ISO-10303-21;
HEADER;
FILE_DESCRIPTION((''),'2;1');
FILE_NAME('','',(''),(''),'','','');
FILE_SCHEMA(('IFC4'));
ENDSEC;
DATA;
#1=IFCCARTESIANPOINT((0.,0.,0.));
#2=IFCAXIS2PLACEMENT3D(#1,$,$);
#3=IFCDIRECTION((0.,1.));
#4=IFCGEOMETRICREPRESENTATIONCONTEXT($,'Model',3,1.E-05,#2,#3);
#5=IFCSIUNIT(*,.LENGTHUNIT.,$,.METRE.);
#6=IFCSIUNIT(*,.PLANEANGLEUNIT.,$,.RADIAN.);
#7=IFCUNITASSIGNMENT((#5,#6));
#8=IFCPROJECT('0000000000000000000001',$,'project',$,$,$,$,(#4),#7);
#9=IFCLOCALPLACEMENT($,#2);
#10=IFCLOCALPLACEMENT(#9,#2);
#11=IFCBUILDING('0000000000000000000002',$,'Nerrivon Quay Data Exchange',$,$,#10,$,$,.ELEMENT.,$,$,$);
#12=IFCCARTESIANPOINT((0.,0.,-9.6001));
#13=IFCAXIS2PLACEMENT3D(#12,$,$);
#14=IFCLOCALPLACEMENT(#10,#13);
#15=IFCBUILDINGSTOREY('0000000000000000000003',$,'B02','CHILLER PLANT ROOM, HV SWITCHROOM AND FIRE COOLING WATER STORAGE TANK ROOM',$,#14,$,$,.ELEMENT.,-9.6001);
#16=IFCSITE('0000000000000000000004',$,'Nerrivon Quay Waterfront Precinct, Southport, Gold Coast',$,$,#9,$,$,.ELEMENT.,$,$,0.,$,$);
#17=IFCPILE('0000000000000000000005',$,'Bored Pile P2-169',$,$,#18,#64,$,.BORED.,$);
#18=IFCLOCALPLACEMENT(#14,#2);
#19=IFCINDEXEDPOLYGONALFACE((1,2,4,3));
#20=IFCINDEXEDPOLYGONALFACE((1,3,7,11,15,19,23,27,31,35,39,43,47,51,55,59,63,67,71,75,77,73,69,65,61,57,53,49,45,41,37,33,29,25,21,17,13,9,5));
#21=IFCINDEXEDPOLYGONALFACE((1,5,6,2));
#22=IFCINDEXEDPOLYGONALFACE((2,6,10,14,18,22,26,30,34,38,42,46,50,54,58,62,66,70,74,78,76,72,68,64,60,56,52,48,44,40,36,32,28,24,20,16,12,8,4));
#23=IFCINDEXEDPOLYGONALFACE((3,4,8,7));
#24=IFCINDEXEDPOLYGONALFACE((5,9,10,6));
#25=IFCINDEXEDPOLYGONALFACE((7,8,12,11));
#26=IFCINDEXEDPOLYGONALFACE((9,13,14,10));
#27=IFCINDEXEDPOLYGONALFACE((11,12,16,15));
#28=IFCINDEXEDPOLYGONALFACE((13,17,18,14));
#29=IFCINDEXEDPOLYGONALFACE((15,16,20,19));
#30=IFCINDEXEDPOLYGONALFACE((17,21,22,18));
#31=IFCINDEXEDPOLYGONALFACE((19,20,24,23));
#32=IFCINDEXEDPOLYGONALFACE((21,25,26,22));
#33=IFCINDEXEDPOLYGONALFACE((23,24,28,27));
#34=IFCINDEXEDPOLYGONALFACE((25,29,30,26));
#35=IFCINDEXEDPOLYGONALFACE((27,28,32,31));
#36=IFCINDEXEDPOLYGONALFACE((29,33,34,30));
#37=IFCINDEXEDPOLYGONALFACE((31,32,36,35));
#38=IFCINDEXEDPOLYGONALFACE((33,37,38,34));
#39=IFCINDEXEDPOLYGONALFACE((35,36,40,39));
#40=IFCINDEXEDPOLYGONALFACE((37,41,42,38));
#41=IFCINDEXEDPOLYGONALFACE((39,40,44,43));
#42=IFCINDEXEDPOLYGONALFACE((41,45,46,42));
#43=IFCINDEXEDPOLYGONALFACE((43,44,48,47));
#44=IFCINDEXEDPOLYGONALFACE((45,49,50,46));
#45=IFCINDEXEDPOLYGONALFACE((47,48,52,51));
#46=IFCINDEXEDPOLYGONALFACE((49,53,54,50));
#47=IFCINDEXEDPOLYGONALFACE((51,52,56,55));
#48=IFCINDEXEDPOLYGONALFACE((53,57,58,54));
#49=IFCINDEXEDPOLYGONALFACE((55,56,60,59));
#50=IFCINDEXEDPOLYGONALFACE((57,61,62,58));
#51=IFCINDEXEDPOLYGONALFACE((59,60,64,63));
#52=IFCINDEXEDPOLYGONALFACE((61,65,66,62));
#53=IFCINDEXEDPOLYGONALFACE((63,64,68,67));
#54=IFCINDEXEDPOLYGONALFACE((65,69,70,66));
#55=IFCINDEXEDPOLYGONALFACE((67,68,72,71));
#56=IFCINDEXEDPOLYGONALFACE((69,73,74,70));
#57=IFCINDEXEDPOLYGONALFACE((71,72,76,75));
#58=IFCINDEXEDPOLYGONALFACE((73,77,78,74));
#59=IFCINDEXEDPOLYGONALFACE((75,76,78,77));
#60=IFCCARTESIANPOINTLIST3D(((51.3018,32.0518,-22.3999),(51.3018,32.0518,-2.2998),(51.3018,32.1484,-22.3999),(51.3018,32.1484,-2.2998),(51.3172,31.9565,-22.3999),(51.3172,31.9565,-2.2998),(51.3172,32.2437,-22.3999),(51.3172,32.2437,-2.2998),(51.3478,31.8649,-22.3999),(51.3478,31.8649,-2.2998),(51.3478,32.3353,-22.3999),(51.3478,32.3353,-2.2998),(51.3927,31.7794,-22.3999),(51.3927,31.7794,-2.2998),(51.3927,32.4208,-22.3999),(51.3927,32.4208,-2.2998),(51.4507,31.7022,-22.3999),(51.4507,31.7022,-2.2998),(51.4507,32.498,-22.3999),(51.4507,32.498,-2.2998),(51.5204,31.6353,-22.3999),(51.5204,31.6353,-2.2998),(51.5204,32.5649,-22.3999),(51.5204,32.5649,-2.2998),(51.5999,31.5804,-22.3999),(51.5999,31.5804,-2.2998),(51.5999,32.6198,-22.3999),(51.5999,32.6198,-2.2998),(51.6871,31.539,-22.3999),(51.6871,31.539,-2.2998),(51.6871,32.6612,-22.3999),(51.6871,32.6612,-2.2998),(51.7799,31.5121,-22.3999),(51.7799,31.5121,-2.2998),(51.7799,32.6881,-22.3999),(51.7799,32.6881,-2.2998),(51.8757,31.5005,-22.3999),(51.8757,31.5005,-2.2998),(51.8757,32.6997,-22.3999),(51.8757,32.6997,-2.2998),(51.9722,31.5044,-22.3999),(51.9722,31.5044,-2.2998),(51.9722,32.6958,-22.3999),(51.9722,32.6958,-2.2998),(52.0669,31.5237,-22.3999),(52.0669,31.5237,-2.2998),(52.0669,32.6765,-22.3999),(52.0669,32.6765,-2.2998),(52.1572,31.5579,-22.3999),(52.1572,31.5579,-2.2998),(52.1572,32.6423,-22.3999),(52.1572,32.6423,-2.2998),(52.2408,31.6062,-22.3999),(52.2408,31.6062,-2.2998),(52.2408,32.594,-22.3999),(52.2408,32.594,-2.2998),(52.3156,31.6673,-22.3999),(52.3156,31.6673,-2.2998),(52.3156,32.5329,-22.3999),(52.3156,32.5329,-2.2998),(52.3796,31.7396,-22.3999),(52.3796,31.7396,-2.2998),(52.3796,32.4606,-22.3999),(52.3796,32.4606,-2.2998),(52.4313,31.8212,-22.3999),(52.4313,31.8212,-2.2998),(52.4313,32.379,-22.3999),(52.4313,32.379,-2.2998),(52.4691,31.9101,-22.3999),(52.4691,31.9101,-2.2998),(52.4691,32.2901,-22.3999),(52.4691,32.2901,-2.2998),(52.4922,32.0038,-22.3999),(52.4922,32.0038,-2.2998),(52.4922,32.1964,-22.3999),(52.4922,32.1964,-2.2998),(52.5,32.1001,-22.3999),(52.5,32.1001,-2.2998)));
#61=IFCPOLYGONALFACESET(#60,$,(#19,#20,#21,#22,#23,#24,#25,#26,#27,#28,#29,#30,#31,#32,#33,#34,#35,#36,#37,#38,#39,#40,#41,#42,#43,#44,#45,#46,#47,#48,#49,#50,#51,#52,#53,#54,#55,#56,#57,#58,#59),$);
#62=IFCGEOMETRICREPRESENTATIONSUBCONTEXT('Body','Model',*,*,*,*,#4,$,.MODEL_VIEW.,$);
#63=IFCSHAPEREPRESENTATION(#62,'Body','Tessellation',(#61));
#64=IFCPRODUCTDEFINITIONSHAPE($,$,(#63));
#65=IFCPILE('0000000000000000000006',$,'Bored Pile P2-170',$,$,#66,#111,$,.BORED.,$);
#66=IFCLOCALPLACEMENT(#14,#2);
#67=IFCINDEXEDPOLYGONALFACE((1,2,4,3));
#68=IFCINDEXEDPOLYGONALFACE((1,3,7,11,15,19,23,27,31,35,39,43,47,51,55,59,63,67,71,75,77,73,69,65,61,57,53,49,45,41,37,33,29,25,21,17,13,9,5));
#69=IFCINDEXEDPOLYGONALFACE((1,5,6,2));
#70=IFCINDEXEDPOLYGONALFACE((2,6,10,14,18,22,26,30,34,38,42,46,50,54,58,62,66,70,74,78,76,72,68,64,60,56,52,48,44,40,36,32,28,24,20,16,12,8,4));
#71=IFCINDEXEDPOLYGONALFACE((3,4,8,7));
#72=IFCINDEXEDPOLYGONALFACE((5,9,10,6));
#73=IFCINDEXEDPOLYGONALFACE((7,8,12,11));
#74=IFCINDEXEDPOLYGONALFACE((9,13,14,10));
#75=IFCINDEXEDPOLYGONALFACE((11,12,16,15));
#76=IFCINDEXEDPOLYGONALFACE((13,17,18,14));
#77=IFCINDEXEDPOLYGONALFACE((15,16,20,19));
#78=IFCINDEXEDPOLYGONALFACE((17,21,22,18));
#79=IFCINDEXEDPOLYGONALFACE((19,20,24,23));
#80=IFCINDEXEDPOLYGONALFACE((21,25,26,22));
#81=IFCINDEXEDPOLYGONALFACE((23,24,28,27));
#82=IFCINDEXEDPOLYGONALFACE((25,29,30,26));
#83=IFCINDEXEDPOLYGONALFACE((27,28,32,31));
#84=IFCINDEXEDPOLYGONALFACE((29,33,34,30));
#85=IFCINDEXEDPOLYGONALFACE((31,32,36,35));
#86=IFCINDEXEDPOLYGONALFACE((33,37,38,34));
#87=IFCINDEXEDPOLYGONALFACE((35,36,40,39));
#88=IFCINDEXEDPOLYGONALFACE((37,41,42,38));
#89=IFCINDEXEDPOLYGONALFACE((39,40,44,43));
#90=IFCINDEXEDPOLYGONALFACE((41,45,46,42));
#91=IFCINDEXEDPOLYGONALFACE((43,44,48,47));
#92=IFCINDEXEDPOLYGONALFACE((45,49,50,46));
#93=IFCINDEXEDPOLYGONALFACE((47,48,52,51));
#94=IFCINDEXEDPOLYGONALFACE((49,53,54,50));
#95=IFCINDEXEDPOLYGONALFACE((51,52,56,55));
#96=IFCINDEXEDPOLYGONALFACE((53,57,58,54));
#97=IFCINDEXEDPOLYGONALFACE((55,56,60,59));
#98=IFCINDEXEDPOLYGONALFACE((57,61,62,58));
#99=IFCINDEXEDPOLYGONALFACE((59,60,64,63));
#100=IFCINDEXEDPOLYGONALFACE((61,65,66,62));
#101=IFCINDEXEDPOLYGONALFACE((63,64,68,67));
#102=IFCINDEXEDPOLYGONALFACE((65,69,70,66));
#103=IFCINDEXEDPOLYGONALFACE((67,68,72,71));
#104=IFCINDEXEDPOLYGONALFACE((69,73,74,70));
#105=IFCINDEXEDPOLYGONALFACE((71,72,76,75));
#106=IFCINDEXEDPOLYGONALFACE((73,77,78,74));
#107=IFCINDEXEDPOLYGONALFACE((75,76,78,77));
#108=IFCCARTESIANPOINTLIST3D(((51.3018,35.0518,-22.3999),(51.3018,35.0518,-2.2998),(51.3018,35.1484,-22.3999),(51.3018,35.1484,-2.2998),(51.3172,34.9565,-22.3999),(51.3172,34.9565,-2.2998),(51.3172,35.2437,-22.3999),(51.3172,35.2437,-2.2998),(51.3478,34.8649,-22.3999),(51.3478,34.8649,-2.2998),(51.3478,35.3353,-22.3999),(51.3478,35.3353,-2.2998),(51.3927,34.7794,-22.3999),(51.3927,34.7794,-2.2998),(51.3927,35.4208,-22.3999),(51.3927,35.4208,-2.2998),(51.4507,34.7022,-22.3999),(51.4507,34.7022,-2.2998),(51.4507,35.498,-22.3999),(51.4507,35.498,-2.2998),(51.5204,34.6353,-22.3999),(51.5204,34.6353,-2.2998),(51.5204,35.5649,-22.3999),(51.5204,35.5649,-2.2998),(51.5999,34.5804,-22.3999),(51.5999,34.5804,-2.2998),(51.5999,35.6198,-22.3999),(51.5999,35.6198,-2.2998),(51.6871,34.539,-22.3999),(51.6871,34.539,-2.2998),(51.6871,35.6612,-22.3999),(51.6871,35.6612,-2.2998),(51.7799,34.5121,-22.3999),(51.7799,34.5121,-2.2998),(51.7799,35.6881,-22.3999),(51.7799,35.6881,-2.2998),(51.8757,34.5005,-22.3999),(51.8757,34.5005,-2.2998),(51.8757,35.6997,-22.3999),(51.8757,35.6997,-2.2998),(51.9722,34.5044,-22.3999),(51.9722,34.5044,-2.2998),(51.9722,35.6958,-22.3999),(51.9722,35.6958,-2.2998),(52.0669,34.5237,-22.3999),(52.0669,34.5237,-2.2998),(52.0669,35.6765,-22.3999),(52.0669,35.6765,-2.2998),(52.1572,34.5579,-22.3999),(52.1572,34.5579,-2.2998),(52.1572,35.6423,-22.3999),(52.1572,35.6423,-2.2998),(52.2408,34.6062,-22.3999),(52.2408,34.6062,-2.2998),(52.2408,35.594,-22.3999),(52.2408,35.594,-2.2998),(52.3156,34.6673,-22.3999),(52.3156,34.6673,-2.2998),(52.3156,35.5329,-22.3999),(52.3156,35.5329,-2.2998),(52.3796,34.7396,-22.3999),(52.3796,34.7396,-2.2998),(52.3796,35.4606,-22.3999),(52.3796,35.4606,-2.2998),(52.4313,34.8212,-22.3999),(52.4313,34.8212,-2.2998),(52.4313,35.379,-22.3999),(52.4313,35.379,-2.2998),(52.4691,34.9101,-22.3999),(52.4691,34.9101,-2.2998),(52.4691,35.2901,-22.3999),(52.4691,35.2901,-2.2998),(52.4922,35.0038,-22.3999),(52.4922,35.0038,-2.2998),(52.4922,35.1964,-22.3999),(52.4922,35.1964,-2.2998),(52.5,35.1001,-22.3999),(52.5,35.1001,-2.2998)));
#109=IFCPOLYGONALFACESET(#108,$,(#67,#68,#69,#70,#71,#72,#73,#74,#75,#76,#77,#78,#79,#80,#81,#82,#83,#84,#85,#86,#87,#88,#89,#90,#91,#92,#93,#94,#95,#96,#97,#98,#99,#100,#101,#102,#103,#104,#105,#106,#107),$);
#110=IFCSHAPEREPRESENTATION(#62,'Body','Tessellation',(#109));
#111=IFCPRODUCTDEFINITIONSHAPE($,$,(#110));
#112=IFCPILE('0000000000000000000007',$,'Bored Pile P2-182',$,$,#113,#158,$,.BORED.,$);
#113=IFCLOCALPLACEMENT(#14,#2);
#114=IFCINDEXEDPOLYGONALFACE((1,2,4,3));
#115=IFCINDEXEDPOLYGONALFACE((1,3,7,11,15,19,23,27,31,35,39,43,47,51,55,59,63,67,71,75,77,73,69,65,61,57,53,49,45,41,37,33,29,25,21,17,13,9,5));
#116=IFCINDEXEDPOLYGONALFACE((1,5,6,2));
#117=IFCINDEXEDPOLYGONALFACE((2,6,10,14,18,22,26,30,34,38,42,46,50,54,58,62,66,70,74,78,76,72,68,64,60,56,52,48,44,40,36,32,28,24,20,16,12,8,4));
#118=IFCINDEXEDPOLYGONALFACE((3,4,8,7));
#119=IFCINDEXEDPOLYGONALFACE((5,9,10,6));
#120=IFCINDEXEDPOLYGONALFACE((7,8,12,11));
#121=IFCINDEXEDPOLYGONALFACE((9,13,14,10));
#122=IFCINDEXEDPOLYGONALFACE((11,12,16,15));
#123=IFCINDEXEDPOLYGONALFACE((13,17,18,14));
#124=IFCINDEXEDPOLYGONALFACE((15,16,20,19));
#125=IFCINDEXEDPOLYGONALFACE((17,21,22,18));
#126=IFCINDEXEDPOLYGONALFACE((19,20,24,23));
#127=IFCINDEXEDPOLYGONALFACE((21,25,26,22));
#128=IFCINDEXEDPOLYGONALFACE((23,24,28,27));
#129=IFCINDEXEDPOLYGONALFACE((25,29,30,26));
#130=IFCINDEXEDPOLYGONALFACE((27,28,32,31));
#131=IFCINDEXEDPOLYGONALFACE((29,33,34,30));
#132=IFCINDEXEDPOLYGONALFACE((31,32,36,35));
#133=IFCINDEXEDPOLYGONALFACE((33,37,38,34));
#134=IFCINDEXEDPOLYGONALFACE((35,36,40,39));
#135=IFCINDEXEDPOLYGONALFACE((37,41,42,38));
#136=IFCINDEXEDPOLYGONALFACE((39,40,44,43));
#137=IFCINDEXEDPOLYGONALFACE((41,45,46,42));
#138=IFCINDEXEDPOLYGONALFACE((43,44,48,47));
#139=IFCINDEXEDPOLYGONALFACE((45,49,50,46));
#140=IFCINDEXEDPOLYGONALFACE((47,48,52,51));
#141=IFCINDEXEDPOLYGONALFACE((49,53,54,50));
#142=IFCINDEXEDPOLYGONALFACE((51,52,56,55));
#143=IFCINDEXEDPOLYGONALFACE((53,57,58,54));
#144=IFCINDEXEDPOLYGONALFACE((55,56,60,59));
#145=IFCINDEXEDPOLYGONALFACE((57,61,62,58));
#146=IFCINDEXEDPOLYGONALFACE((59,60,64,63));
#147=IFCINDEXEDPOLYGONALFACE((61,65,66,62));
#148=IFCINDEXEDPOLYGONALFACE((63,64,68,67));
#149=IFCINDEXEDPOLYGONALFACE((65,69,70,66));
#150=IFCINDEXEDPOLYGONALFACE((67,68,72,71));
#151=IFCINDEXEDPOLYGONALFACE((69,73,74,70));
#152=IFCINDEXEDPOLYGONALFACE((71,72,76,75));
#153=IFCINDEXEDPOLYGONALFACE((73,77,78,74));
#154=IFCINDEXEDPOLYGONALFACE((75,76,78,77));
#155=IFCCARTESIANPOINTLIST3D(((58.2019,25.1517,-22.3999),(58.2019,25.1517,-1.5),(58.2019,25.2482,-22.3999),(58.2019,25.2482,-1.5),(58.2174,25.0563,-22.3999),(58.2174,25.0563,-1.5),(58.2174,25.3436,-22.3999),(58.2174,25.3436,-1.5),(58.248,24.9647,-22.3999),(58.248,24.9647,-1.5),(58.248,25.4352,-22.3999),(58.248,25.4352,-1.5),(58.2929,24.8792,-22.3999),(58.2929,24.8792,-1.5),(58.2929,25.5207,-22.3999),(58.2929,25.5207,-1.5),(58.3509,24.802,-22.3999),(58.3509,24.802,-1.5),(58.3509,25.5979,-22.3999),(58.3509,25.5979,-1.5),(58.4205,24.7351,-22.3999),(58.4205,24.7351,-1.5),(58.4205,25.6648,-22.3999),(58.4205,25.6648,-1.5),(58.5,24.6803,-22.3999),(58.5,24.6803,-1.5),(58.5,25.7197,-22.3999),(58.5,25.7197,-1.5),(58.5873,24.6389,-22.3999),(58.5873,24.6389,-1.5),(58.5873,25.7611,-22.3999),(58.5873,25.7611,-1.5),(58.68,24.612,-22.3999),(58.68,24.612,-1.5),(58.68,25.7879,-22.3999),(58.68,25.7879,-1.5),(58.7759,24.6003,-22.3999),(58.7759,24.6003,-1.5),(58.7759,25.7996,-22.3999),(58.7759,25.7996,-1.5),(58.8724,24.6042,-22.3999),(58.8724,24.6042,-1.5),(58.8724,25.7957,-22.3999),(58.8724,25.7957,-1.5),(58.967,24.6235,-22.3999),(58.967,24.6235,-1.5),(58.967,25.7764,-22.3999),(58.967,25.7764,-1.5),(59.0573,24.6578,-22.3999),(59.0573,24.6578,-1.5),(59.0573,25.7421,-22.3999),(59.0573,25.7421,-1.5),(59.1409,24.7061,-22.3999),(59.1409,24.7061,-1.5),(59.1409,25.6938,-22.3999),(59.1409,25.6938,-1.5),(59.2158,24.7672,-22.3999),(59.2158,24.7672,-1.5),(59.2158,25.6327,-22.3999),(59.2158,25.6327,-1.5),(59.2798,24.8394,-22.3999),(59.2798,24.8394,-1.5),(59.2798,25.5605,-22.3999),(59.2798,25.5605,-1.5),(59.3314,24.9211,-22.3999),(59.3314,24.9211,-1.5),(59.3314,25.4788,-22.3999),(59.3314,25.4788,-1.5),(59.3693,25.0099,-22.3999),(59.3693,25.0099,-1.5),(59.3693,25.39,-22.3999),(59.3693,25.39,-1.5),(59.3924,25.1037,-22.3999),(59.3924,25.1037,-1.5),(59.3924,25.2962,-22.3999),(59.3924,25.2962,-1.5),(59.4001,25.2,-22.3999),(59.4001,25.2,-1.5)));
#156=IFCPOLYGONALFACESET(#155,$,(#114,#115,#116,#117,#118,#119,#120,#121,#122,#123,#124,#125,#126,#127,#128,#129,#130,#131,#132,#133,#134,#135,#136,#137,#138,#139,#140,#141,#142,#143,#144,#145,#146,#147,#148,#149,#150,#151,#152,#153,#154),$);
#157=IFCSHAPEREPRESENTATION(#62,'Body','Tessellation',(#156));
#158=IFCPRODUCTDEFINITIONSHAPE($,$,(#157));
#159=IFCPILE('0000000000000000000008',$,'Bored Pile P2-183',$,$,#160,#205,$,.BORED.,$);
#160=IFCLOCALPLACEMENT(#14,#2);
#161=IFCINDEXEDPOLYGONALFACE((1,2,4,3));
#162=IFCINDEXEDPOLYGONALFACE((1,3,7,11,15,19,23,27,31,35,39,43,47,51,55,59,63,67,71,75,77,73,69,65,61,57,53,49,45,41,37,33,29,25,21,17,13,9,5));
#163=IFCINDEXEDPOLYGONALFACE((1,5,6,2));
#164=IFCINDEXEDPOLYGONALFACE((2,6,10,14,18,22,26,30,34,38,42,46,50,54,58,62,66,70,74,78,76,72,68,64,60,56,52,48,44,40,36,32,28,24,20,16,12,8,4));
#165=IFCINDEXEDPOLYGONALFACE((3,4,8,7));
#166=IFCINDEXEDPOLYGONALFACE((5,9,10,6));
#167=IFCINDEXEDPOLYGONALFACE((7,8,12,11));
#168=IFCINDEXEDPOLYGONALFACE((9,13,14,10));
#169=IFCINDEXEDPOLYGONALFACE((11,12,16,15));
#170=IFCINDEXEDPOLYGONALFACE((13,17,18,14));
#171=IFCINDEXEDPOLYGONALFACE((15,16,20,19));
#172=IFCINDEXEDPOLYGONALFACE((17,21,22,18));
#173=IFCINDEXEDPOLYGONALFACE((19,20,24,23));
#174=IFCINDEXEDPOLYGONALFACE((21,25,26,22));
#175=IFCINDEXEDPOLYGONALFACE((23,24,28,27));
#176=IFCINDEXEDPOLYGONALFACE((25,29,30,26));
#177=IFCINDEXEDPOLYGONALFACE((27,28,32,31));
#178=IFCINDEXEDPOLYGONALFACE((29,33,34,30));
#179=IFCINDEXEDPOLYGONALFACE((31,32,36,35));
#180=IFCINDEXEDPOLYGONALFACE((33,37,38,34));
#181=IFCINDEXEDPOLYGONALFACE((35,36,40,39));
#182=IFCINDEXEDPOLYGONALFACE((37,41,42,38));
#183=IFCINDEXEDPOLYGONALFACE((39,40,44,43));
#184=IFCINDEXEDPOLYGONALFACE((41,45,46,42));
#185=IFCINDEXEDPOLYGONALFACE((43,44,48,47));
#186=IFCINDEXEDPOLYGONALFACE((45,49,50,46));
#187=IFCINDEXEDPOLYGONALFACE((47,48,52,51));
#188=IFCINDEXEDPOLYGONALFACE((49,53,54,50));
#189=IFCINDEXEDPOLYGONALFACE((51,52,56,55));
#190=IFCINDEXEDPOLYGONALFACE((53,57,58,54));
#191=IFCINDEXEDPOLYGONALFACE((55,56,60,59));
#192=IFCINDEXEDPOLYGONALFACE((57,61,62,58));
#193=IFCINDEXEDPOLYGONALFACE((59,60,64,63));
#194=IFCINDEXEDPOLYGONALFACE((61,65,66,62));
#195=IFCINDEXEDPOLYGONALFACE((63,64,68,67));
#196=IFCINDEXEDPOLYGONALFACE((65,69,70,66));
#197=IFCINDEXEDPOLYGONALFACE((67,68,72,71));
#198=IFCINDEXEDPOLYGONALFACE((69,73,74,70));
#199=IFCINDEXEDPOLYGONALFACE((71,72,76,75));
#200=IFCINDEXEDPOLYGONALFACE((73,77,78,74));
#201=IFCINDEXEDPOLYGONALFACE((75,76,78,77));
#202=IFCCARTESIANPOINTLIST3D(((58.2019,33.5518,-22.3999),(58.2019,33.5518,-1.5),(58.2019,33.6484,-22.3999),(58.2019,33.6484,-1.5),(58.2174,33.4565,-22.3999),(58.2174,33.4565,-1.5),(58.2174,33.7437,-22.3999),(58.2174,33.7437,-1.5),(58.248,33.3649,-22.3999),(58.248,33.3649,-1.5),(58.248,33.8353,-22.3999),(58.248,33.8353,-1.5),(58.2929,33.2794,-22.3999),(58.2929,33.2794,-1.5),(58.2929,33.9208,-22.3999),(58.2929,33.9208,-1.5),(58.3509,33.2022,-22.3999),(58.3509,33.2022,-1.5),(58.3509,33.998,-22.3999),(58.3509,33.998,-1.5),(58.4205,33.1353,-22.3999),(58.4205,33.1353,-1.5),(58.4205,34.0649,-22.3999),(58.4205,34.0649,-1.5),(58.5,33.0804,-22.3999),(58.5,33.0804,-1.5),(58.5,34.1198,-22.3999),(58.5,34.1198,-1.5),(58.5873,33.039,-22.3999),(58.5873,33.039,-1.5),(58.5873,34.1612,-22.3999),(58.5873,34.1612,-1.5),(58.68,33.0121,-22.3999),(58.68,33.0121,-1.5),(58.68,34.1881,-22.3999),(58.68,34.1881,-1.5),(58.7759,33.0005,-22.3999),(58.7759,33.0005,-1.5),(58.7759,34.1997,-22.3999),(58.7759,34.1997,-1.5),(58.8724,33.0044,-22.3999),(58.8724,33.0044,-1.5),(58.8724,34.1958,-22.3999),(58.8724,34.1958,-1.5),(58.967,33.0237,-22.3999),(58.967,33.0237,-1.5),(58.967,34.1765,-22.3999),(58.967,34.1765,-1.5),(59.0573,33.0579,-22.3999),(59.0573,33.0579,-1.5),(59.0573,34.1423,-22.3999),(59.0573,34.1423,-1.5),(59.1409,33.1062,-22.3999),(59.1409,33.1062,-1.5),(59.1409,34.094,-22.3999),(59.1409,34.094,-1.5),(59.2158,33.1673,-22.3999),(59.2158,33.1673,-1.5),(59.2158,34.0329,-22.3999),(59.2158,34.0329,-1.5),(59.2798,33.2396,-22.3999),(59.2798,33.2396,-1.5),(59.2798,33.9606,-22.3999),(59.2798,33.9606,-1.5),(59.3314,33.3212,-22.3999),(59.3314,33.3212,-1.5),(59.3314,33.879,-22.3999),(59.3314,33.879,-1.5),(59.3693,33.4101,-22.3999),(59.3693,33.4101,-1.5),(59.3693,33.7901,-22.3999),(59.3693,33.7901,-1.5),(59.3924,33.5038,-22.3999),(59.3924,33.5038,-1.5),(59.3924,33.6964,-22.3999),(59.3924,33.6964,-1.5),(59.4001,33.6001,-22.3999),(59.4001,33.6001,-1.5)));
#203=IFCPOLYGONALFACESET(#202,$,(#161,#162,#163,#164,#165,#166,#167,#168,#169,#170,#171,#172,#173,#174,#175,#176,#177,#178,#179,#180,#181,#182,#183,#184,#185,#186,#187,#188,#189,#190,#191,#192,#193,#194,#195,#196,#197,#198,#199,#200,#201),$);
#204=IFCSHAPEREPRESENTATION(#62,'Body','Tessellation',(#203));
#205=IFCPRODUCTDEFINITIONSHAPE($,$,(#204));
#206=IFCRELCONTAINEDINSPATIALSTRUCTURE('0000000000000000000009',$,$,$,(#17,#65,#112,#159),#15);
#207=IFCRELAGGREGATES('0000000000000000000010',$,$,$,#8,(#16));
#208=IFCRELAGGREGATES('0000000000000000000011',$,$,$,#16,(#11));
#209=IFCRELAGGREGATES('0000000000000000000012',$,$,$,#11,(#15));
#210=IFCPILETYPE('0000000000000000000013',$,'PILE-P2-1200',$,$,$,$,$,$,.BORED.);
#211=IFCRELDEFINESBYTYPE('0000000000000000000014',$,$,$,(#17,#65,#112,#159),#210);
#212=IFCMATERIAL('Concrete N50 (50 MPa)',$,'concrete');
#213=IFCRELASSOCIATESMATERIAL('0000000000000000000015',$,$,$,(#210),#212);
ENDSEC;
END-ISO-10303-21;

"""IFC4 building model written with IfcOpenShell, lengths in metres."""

from ifc_helpers import new_model, si_unit, direction, frame, origin, origin_2d, place, context, subcontext, project, spatial, circle, extrude, material, material_profile, profile_set, type_object, element, save


model = new_model("IFC4")

# Units and contexts
model_context = context("Model", 3, precision=1e-05, world=origin(), true_north=direction((0.0, 1.0)))
body_context = subcontext(model_context, "Body", "Model", "MODEL_VIEW")
ifc_project = project(units=[si_unit("LENGTHUNIT", "METRE"), si_unit("PLANEANGLEUNIT", "RADIAN")], contexts=[model_context])

# Site, building, storey
site_placement = place(None, origin())
site = spatial("IfcSite", under=ifc_project, at=site_placement, Name="Nerrivon Quay Waterfront Precinct, Southport, Gold Coast", CompositionType="ELEMENT", RefElevation=0.0)
building_placement = place(site_placement, origin())
building = spatial("IfcBuilding", under=site, at=building_placement, Name="Nerrivon Quay Data Exchange", CompositionType="ELEMENT")
storey_placement = place(building_placement, frame((0.0, 0.0, -9.6001)))
storey = spatial("IfcBuildingStorey", under=building, at=storey_placement, Name="B02", Description="CHILLER PLANT ROOM, HV SWITCHROOM AND FIRE COOLING WATER STORAGE TANK ROOM", CompositionType="ELEMENT", Elevation=-9.6001)

# Piles
ifc_material_1 = material(Name="Concrete N50 (50 MPa)", Category="concrete")
ifc_material_profile_1 = material_profile(ifc_material_1, circle(Radius=0.6001, at=origin_2d()), Name="PILE-1200")
ifc_profile_set_1 = profile_set([ifc_material_profile_1], Name="Concrete N50 (50 MPa)")
pile_type = type_object("IfcPileType", Name="PILE-P2-1200", PredefinedType="BORED", material=ifc_profile_set_1)
for number, where, z_axis, x_axis, name in (
    (1, (51.8999, 32.1001, -2.2998), (0.0, 0.0, -1.0), (1.0, 0.0, 0.0), "Bored Pile P2-169"),
    (2, (51.8999, 35.1001, -2.2998), (0.0, 0.0, -1.0), (1.0, 0.0, 0.0), "Bored Pile P2-170"),
):
    element("IfcPile", number, at=place(storey_placement, frame(where, z_axis=z_axis, x_axis=x_axis)), inside=storey, type_object=pile_type, Name=name, PredefinedType="BORED", context=body_context, shape_type="SweptSolid", body=[
        extrude(circle(Radius=0.6001, at=origin_2d()), origin(), (0.0, 0.0, 1.0), 20.1001),
    ])
for number, where, z_axis, x_axis, name in (
    (3, (58.8, 25.2, -1.5), (0.0, 0.0, -1.0), (1.0, 0.0, 0.0), "Bored Pile P2-182"),
    (4, (58.8, 33.6001, -1.5), (0.0, 0.0, -1.0), (1.0, 0.0, 0.0), "Bored Pile P2-183"),
):
    element("IfcPile", number, at=place(storey_placement, frame(where, z_axis=z_axis, x_axis=x_axis)), inside=storey, type_object=pile_type, Name=name, PredefinedType="BORED", context=body_context, shape_type="SweptSolid", body=[
        extrude(circle(Radius=0.6001, at=origin_2d()), origin(), (0.0, 0.0, 1.0), 20.8999),
    ])

save(model, "model.ifc")
